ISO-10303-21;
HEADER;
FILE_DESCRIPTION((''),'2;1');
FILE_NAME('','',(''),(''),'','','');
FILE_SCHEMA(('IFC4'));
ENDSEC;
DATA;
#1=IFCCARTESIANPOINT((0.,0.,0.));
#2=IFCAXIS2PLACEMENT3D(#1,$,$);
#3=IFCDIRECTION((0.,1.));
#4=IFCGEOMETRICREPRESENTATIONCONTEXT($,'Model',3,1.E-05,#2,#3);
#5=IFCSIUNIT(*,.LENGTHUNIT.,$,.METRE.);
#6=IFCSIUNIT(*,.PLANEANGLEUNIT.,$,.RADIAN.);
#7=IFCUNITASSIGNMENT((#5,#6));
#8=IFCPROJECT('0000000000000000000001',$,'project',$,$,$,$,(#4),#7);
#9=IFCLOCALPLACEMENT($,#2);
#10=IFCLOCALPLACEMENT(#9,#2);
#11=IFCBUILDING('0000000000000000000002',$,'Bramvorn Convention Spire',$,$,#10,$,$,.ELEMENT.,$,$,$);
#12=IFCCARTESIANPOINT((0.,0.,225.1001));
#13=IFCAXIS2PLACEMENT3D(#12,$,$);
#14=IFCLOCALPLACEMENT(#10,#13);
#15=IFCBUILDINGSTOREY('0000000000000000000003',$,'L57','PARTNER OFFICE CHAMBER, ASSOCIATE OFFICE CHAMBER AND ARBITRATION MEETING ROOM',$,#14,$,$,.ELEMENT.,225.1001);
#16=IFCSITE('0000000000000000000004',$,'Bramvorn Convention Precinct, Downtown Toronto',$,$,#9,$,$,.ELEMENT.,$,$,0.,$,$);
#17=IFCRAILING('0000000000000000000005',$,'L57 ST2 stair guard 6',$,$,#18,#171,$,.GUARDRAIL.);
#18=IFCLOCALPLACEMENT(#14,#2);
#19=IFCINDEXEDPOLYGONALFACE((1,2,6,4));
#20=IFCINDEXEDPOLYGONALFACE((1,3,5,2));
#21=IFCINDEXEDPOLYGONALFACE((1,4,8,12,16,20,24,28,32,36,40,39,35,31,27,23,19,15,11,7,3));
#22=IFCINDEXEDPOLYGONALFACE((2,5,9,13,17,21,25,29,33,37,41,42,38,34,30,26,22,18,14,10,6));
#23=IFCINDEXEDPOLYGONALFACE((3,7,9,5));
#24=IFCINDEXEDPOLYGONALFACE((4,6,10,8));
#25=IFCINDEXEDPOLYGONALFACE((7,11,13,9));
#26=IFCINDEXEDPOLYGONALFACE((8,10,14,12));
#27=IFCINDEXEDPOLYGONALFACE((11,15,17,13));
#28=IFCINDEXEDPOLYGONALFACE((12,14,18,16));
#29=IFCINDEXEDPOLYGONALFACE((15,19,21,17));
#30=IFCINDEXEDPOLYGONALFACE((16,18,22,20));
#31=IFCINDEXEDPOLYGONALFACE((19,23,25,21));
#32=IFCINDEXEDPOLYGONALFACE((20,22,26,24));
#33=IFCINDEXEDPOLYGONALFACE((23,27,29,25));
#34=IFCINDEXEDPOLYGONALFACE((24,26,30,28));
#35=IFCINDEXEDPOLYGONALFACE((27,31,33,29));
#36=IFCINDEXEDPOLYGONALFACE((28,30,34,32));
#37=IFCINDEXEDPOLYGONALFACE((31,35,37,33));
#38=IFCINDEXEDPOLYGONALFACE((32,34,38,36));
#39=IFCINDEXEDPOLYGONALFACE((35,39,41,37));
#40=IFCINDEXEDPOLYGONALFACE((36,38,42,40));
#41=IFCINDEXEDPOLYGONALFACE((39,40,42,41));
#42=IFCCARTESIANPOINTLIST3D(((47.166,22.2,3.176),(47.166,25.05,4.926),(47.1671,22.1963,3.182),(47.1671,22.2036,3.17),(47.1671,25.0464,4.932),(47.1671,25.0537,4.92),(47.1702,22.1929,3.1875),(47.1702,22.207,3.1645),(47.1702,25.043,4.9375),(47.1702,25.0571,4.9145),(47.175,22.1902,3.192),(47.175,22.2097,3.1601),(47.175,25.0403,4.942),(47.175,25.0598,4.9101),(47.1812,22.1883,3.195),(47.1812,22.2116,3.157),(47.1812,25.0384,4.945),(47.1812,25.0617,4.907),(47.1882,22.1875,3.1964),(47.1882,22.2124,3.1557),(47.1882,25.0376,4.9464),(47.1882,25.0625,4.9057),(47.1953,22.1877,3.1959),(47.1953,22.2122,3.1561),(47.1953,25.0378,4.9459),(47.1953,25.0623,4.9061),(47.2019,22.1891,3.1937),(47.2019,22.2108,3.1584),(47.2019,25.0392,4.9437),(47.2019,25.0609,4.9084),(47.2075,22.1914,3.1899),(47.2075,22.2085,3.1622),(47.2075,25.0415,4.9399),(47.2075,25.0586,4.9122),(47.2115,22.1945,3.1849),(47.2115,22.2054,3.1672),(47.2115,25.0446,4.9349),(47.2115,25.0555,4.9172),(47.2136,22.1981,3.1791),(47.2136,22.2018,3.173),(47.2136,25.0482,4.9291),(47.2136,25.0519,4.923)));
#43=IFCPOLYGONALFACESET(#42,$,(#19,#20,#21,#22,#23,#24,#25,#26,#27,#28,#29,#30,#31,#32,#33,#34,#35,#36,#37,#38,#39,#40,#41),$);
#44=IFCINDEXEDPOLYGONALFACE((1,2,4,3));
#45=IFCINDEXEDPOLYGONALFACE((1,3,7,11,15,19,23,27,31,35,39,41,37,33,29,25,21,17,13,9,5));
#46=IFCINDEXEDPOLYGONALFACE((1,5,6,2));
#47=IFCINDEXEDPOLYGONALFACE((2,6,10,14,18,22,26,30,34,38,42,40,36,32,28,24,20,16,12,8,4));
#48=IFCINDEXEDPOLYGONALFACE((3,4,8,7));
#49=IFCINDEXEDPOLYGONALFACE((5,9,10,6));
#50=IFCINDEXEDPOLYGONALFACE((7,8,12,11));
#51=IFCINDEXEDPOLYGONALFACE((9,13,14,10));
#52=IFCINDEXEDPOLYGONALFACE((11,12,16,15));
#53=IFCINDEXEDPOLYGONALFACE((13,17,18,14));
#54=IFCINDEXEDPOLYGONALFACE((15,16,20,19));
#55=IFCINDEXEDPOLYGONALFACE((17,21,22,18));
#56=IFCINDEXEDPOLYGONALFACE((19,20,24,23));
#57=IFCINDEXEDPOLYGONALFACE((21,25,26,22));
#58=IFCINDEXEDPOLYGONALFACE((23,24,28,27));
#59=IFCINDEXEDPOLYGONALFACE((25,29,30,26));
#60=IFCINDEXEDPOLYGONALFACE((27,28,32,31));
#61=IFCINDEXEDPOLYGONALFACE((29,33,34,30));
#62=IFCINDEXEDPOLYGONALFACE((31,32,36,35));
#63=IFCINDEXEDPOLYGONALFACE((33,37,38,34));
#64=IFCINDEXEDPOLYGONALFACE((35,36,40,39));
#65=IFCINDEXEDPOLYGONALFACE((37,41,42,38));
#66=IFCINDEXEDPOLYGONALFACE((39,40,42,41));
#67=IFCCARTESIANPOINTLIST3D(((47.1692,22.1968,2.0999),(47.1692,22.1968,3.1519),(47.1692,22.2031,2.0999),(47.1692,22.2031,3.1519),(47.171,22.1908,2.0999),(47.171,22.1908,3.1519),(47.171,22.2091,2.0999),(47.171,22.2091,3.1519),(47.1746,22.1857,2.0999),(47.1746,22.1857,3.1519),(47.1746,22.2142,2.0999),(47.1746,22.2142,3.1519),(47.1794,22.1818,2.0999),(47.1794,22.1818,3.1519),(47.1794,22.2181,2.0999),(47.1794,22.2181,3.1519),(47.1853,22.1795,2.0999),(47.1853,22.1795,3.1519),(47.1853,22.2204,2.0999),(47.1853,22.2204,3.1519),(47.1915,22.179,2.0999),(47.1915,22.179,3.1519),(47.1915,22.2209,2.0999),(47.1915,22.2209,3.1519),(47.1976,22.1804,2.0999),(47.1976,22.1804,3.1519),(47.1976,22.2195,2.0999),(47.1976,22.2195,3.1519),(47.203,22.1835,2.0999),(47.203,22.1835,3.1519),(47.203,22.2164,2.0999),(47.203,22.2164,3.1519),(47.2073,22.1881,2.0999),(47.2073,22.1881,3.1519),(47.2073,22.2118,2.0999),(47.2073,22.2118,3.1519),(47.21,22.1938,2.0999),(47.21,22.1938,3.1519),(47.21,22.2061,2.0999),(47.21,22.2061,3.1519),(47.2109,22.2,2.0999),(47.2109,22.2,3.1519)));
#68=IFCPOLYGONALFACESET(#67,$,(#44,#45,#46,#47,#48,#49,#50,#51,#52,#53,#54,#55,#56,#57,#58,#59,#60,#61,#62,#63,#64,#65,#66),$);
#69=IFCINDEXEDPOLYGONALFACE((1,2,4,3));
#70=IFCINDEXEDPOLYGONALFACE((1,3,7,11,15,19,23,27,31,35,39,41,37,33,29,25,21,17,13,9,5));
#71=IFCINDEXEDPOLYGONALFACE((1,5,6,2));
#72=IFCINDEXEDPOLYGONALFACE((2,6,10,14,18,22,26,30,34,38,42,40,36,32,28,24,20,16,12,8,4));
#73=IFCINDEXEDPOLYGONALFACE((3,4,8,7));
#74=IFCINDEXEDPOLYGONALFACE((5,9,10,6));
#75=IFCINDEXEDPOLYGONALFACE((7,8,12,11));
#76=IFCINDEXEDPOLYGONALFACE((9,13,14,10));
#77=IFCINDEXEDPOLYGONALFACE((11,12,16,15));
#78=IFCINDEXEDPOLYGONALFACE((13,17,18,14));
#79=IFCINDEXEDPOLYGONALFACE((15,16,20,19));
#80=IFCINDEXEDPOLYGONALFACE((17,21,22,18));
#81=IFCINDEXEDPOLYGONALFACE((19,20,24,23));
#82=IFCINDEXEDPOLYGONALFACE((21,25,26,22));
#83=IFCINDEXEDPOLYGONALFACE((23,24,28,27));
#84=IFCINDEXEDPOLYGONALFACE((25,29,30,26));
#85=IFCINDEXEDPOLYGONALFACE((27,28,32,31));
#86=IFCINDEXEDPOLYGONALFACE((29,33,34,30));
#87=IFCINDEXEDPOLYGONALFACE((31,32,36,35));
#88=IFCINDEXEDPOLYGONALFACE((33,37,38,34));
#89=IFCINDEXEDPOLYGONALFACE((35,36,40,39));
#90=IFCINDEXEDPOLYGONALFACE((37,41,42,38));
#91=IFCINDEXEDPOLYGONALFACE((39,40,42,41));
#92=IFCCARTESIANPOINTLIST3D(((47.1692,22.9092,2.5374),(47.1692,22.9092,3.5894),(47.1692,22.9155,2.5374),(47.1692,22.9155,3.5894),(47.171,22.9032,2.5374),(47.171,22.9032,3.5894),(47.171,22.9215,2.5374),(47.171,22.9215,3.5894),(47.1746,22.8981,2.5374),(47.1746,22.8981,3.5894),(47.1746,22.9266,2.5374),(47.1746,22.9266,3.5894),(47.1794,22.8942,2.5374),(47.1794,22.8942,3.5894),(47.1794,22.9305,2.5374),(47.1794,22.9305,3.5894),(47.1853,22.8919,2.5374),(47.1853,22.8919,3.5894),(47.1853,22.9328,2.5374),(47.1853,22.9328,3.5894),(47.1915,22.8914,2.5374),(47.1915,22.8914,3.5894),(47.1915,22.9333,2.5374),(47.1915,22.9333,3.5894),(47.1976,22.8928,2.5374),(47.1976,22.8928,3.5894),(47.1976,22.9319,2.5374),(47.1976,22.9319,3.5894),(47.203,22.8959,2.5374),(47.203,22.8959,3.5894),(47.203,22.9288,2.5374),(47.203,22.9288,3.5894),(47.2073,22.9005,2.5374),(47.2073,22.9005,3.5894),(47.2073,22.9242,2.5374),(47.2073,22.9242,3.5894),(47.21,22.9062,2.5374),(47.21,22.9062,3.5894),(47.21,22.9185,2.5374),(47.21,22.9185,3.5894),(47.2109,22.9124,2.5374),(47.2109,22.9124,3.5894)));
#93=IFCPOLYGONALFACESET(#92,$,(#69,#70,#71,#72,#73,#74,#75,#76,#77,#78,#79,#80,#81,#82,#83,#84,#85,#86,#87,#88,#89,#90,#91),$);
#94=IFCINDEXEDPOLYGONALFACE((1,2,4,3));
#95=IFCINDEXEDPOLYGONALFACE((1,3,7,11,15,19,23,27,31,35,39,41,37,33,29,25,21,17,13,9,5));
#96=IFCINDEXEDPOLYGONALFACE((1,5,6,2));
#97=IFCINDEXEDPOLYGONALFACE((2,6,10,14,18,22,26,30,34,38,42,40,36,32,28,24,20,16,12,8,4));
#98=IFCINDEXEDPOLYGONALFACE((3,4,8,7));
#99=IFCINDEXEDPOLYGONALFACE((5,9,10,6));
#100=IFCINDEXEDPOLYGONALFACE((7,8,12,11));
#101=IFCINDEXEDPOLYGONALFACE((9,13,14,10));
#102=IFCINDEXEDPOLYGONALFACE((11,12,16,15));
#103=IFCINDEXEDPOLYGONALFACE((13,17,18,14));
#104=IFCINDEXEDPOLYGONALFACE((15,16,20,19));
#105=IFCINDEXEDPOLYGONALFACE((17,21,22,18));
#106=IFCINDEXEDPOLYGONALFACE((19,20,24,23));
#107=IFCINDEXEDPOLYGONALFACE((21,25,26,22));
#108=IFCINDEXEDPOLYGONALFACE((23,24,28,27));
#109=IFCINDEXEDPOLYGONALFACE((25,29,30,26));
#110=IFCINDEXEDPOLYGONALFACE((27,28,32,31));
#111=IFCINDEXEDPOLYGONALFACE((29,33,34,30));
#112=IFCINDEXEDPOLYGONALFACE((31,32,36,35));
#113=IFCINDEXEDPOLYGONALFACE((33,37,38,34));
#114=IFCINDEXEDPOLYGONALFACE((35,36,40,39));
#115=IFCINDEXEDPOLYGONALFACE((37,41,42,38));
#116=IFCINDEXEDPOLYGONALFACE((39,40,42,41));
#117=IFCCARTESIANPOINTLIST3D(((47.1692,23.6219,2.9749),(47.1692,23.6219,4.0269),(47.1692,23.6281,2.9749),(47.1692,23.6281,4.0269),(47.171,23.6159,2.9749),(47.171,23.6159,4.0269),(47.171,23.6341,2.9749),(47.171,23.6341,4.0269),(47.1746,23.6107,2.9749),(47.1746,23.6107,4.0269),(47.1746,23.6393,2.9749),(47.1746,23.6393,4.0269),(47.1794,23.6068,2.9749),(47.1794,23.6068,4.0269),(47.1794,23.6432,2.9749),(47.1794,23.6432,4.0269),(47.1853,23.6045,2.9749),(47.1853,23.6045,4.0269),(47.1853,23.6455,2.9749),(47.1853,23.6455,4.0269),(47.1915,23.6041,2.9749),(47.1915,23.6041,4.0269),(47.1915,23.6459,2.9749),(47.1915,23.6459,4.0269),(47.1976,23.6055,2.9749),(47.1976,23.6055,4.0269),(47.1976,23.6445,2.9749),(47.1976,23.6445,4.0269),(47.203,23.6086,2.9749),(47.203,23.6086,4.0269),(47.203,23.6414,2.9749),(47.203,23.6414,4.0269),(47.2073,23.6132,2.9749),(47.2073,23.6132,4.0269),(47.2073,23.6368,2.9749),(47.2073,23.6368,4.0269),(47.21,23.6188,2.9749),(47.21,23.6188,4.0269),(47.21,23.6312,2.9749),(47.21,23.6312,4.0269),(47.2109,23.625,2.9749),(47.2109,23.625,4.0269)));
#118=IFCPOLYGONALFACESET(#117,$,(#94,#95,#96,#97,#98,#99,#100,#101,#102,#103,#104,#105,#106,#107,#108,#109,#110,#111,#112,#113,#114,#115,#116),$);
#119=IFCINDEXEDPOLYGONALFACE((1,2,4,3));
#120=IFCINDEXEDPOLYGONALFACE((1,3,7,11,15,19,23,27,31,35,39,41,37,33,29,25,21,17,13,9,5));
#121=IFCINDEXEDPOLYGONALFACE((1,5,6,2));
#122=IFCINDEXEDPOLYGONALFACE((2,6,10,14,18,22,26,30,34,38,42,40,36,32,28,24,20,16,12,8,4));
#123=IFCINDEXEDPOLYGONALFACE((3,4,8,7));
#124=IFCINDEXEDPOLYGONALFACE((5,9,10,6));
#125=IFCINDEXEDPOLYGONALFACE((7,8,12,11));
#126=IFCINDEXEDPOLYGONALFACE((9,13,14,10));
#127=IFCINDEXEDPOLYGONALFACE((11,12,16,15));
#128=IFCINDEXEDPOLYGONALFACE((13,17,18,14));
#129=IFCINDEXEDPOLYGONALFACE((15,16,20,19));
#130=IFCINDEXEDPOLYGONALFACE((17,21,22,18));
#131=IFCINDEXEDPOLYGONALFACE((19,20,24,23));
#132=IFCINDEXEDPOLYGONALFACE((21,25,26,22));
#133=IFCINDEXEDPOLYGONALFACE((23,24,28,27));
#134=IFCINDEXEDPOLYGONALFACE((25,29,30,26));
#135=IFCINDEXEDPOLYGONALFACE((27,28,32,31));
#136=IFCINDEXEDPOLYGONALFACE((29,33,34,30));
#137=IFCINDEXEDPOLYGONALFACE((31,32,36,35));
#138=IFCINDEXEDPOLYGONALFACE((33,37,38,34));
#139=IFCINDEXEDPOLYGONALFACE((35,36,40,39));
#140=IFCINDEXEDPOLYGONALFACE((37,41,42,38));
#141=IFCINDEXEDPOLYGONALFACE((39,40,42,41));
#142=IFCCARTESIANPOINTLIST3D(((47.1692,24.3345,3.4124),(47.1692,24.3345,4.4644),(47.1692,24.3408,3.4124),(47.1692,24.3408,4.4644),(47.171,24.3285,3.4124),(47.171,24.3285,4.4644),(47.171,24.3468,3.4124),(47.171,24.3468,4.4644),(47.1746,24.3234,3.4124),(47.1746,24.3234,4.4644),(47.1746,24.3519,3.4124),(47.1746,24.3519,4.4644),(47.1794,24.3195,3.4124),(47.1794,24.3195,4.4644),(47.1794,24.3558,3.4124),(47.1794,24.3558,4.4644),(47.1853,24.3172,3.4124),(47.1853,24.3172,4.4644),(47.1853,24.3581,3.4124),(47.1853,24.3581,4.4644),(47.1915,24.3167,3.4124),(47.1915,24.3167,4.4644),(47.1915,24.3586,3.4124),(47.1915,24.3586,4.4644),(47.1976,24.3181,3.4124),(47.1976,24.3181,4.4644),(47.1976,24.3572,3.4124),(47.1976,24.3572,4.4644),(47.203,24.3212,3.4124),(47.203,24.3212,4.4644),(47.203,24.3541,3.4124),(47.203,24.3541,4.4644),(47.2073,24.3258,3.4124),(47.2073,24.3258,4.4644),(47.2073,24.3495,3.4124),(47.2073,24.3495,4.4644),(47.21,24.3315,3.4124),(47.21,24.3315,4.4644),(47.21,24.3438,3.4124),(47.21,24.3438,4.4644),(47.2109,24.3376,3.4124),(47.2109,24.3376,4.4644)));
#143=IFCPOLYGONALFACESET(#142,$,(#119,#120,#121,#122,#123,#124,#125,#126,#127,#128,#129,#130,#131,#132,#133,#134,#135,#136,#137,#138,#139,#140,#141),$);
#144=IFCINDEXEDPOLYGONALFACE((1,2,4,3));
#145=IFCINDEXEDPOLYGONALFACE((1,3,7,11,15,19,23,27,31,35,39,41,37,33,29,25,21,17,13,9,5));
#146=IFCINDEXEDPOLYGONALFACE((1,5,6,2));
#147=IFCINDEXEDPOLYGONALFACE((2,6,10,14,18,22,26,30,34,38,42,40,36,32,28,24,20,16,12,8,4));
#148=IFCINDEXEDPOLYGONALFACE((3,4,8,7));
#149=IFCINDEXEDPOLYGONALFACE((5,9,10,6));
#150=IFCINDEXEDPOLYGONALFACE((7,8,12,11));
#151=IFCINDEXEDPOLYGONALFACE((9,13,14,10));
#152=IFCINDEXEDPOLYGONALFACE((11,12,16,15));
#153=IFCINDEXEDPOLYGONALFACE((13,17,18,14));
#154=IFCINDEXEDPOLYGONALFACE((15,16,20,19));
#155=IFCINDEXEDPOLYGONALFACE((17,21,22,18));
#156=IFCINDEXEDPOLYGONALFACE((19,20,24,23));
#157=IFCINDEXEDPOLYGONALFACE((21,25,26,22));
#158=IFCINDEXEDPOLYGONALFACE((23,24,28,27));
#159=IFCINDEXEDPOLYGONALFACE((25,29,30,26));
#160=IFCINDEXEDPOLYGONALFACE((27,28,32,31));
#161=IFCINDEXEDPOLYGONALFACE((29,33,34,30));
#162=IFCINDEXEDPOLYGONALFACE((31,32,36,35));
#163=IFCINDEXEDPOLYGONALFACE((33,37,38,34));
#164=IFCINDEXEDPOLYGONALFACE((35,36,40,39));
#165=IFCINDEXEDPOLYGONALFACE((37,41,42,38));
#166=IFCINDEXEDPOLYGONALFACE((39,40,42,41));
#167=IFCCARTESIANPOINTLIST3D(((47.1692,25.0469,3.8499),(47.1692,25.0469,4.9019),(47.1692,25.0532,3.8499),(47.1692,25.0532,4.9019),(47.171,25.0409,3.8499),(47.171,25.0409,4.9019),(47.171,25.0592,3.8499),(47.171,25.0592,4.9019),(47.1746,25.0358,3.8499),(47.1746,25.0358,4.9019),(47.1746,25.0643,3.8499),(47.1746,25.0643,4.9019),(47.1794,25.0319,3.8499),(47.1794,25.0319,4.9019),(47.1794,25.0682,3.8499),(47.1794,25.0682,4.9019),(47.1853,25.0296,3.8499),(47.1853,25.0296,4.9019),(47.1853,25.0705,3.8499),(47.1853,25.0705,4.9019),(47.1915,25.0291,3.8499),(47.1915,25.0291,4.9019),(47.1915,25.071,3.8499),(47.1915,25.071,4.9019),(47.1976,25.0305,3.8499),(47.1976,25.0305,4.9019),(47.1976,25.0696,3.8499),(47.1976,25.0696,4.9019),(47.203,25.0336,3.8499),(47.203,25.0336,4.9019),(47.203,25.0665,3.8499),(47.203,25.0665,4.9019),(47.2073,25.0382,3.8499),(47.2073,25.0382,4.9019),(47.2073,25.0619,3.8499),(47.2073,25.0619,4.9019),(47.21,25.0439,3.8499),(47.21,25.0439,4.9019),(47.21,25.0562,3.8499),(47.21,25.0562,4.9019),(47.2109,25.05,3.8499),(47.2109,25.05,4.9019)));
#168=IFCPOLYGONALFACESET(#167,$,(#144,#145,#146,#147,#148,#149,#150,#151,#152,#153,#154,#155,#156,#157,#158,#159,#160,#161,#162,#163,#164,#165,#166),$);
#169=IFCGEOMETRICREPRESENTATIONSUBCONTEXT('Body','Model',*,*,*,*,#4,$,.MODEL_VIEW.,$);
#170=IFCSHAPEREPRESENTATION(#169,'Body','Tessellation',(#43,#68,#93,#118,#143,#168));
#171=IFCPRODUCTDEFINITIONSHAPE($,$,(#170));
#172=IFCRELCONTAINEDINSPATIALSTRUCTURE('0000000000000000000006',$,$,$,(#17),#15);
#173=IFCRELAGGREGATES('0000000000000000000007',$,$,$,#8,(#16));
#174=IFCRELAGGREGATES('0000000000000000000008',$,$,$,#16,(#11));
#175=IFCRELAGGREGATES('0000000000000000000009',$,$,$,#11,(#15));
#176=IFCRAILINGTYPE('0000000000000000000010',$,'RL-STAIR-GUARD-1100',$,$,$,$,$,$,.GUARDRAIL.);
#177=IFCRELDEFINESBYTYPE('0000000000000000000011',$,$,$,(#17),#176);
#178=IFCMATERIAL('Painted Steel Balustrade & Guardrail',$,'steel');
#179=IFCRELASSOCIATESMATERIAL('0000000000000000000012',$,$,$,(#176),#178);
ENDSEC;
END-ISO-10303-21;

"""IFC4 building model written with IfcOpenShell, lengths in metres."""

from ifc_helpers import new_model, si_unit, direction, frame, origin, origin_2d, place, context, subcontext, project, spatial, circle, extrude, material, type_object, element, save


model = new_model("IFC4")

# Units and contexts
model_context = context("Model", 3, precision=1e-05, world=origin(), true_north=direction((0.0, 1.0)))
body_context = subcontext(model_context, "Body", "Model", "MODEL_VIEW")
ifc_project = project(units=[si_unit("LENGTHUNIT", "METRE"), si_unit("PLANEANGLEUNIT", "RADIAN")], contexts=[model_context])

# Site, building, storey
site_placement = place(None, origin())
site = spatial("IfcSite", under=ifc_project, at=site_placement, Name="Bramvorn Convention Precinct, Downtown Toronto", CompositionType="ELEMENT", RefElevation=0.0)
building_placement = place(site_placement, origin())
building = spatial("IfcBuilding", under=site, at=building_placement, Name="Bramvorn Convention Spire", CompositionType="ELEMENT")
storey_placement = place(building_placement, frame((0.0, 0.0, 225.1001)))
storey = spatial("IfcBuildingStorey", under=building, at=storey_placement, Name="L57", Description="PARTNER OFFICE CHAMBER, ASSOCIATE OFFICE CHAMBER AND ARBITRATION MEETING ROOM", CompositionType="ELEMENT", Elevation=225.1001)

# Railing
ifc_material_1 = material(Name="Painted Steel Balustrade & Guardrail", Category="steel")
railing_type = type_object("IfcRailingType", Name="RL-STAIR-GUARD-1100", PredefinedType="GUARDRAIL", material=ifc_material_1)
railing_1_placement = place(storey_placement, frame((47.1899, 22.2, 2.0999)))
element("IfcRailing", 1, at=railing_1_placement, inside=storey, type_object=railing_type, Name="L57 ST2 stair guard 6", PredefinedType="GUARDRAIL", context=body_context, shape_type="SweptSolid", body=[
    extrude(circle(Radius=0.0239, at=origin_2d()), frame((0.0, 0.0, 1.0762), z_axis=(0.0, 0.852179, 0.52325), x_axis=(-1.0, 0.0, 0.0)), (0.0, 0.0, 1.0), 3.3445),
    extrude(circle(Radius=0.021, at=origin_2d()), origin(), (0.0, 0.0, 1.0), 1.052),
    extrude(circle(Radius=0.021, at=origin_2d()), frame((0.0, 0.7124, 0.4375)), (0.0, 0.0, 1.0), 1.052),
    extrude(circle(Radius=0.021, at=origin_2d()), frame((0.0, 1.425, 0.875)), (0.0, 0.0, 1.0), 1.052),
    extrude(circle(Radius=0.021, at=origin_2d()), frame((0.0, 2.1377, 1.3125)), (0.0, 0.0, 1.0), 1.052),
    extrude(circle(Radius=0.021, at=origin_2d()), frame((0.0, 2.8501, 1.75)), (0.0, 0.0, 1.0), 1.052),
])

save(model, "model.ifc")
